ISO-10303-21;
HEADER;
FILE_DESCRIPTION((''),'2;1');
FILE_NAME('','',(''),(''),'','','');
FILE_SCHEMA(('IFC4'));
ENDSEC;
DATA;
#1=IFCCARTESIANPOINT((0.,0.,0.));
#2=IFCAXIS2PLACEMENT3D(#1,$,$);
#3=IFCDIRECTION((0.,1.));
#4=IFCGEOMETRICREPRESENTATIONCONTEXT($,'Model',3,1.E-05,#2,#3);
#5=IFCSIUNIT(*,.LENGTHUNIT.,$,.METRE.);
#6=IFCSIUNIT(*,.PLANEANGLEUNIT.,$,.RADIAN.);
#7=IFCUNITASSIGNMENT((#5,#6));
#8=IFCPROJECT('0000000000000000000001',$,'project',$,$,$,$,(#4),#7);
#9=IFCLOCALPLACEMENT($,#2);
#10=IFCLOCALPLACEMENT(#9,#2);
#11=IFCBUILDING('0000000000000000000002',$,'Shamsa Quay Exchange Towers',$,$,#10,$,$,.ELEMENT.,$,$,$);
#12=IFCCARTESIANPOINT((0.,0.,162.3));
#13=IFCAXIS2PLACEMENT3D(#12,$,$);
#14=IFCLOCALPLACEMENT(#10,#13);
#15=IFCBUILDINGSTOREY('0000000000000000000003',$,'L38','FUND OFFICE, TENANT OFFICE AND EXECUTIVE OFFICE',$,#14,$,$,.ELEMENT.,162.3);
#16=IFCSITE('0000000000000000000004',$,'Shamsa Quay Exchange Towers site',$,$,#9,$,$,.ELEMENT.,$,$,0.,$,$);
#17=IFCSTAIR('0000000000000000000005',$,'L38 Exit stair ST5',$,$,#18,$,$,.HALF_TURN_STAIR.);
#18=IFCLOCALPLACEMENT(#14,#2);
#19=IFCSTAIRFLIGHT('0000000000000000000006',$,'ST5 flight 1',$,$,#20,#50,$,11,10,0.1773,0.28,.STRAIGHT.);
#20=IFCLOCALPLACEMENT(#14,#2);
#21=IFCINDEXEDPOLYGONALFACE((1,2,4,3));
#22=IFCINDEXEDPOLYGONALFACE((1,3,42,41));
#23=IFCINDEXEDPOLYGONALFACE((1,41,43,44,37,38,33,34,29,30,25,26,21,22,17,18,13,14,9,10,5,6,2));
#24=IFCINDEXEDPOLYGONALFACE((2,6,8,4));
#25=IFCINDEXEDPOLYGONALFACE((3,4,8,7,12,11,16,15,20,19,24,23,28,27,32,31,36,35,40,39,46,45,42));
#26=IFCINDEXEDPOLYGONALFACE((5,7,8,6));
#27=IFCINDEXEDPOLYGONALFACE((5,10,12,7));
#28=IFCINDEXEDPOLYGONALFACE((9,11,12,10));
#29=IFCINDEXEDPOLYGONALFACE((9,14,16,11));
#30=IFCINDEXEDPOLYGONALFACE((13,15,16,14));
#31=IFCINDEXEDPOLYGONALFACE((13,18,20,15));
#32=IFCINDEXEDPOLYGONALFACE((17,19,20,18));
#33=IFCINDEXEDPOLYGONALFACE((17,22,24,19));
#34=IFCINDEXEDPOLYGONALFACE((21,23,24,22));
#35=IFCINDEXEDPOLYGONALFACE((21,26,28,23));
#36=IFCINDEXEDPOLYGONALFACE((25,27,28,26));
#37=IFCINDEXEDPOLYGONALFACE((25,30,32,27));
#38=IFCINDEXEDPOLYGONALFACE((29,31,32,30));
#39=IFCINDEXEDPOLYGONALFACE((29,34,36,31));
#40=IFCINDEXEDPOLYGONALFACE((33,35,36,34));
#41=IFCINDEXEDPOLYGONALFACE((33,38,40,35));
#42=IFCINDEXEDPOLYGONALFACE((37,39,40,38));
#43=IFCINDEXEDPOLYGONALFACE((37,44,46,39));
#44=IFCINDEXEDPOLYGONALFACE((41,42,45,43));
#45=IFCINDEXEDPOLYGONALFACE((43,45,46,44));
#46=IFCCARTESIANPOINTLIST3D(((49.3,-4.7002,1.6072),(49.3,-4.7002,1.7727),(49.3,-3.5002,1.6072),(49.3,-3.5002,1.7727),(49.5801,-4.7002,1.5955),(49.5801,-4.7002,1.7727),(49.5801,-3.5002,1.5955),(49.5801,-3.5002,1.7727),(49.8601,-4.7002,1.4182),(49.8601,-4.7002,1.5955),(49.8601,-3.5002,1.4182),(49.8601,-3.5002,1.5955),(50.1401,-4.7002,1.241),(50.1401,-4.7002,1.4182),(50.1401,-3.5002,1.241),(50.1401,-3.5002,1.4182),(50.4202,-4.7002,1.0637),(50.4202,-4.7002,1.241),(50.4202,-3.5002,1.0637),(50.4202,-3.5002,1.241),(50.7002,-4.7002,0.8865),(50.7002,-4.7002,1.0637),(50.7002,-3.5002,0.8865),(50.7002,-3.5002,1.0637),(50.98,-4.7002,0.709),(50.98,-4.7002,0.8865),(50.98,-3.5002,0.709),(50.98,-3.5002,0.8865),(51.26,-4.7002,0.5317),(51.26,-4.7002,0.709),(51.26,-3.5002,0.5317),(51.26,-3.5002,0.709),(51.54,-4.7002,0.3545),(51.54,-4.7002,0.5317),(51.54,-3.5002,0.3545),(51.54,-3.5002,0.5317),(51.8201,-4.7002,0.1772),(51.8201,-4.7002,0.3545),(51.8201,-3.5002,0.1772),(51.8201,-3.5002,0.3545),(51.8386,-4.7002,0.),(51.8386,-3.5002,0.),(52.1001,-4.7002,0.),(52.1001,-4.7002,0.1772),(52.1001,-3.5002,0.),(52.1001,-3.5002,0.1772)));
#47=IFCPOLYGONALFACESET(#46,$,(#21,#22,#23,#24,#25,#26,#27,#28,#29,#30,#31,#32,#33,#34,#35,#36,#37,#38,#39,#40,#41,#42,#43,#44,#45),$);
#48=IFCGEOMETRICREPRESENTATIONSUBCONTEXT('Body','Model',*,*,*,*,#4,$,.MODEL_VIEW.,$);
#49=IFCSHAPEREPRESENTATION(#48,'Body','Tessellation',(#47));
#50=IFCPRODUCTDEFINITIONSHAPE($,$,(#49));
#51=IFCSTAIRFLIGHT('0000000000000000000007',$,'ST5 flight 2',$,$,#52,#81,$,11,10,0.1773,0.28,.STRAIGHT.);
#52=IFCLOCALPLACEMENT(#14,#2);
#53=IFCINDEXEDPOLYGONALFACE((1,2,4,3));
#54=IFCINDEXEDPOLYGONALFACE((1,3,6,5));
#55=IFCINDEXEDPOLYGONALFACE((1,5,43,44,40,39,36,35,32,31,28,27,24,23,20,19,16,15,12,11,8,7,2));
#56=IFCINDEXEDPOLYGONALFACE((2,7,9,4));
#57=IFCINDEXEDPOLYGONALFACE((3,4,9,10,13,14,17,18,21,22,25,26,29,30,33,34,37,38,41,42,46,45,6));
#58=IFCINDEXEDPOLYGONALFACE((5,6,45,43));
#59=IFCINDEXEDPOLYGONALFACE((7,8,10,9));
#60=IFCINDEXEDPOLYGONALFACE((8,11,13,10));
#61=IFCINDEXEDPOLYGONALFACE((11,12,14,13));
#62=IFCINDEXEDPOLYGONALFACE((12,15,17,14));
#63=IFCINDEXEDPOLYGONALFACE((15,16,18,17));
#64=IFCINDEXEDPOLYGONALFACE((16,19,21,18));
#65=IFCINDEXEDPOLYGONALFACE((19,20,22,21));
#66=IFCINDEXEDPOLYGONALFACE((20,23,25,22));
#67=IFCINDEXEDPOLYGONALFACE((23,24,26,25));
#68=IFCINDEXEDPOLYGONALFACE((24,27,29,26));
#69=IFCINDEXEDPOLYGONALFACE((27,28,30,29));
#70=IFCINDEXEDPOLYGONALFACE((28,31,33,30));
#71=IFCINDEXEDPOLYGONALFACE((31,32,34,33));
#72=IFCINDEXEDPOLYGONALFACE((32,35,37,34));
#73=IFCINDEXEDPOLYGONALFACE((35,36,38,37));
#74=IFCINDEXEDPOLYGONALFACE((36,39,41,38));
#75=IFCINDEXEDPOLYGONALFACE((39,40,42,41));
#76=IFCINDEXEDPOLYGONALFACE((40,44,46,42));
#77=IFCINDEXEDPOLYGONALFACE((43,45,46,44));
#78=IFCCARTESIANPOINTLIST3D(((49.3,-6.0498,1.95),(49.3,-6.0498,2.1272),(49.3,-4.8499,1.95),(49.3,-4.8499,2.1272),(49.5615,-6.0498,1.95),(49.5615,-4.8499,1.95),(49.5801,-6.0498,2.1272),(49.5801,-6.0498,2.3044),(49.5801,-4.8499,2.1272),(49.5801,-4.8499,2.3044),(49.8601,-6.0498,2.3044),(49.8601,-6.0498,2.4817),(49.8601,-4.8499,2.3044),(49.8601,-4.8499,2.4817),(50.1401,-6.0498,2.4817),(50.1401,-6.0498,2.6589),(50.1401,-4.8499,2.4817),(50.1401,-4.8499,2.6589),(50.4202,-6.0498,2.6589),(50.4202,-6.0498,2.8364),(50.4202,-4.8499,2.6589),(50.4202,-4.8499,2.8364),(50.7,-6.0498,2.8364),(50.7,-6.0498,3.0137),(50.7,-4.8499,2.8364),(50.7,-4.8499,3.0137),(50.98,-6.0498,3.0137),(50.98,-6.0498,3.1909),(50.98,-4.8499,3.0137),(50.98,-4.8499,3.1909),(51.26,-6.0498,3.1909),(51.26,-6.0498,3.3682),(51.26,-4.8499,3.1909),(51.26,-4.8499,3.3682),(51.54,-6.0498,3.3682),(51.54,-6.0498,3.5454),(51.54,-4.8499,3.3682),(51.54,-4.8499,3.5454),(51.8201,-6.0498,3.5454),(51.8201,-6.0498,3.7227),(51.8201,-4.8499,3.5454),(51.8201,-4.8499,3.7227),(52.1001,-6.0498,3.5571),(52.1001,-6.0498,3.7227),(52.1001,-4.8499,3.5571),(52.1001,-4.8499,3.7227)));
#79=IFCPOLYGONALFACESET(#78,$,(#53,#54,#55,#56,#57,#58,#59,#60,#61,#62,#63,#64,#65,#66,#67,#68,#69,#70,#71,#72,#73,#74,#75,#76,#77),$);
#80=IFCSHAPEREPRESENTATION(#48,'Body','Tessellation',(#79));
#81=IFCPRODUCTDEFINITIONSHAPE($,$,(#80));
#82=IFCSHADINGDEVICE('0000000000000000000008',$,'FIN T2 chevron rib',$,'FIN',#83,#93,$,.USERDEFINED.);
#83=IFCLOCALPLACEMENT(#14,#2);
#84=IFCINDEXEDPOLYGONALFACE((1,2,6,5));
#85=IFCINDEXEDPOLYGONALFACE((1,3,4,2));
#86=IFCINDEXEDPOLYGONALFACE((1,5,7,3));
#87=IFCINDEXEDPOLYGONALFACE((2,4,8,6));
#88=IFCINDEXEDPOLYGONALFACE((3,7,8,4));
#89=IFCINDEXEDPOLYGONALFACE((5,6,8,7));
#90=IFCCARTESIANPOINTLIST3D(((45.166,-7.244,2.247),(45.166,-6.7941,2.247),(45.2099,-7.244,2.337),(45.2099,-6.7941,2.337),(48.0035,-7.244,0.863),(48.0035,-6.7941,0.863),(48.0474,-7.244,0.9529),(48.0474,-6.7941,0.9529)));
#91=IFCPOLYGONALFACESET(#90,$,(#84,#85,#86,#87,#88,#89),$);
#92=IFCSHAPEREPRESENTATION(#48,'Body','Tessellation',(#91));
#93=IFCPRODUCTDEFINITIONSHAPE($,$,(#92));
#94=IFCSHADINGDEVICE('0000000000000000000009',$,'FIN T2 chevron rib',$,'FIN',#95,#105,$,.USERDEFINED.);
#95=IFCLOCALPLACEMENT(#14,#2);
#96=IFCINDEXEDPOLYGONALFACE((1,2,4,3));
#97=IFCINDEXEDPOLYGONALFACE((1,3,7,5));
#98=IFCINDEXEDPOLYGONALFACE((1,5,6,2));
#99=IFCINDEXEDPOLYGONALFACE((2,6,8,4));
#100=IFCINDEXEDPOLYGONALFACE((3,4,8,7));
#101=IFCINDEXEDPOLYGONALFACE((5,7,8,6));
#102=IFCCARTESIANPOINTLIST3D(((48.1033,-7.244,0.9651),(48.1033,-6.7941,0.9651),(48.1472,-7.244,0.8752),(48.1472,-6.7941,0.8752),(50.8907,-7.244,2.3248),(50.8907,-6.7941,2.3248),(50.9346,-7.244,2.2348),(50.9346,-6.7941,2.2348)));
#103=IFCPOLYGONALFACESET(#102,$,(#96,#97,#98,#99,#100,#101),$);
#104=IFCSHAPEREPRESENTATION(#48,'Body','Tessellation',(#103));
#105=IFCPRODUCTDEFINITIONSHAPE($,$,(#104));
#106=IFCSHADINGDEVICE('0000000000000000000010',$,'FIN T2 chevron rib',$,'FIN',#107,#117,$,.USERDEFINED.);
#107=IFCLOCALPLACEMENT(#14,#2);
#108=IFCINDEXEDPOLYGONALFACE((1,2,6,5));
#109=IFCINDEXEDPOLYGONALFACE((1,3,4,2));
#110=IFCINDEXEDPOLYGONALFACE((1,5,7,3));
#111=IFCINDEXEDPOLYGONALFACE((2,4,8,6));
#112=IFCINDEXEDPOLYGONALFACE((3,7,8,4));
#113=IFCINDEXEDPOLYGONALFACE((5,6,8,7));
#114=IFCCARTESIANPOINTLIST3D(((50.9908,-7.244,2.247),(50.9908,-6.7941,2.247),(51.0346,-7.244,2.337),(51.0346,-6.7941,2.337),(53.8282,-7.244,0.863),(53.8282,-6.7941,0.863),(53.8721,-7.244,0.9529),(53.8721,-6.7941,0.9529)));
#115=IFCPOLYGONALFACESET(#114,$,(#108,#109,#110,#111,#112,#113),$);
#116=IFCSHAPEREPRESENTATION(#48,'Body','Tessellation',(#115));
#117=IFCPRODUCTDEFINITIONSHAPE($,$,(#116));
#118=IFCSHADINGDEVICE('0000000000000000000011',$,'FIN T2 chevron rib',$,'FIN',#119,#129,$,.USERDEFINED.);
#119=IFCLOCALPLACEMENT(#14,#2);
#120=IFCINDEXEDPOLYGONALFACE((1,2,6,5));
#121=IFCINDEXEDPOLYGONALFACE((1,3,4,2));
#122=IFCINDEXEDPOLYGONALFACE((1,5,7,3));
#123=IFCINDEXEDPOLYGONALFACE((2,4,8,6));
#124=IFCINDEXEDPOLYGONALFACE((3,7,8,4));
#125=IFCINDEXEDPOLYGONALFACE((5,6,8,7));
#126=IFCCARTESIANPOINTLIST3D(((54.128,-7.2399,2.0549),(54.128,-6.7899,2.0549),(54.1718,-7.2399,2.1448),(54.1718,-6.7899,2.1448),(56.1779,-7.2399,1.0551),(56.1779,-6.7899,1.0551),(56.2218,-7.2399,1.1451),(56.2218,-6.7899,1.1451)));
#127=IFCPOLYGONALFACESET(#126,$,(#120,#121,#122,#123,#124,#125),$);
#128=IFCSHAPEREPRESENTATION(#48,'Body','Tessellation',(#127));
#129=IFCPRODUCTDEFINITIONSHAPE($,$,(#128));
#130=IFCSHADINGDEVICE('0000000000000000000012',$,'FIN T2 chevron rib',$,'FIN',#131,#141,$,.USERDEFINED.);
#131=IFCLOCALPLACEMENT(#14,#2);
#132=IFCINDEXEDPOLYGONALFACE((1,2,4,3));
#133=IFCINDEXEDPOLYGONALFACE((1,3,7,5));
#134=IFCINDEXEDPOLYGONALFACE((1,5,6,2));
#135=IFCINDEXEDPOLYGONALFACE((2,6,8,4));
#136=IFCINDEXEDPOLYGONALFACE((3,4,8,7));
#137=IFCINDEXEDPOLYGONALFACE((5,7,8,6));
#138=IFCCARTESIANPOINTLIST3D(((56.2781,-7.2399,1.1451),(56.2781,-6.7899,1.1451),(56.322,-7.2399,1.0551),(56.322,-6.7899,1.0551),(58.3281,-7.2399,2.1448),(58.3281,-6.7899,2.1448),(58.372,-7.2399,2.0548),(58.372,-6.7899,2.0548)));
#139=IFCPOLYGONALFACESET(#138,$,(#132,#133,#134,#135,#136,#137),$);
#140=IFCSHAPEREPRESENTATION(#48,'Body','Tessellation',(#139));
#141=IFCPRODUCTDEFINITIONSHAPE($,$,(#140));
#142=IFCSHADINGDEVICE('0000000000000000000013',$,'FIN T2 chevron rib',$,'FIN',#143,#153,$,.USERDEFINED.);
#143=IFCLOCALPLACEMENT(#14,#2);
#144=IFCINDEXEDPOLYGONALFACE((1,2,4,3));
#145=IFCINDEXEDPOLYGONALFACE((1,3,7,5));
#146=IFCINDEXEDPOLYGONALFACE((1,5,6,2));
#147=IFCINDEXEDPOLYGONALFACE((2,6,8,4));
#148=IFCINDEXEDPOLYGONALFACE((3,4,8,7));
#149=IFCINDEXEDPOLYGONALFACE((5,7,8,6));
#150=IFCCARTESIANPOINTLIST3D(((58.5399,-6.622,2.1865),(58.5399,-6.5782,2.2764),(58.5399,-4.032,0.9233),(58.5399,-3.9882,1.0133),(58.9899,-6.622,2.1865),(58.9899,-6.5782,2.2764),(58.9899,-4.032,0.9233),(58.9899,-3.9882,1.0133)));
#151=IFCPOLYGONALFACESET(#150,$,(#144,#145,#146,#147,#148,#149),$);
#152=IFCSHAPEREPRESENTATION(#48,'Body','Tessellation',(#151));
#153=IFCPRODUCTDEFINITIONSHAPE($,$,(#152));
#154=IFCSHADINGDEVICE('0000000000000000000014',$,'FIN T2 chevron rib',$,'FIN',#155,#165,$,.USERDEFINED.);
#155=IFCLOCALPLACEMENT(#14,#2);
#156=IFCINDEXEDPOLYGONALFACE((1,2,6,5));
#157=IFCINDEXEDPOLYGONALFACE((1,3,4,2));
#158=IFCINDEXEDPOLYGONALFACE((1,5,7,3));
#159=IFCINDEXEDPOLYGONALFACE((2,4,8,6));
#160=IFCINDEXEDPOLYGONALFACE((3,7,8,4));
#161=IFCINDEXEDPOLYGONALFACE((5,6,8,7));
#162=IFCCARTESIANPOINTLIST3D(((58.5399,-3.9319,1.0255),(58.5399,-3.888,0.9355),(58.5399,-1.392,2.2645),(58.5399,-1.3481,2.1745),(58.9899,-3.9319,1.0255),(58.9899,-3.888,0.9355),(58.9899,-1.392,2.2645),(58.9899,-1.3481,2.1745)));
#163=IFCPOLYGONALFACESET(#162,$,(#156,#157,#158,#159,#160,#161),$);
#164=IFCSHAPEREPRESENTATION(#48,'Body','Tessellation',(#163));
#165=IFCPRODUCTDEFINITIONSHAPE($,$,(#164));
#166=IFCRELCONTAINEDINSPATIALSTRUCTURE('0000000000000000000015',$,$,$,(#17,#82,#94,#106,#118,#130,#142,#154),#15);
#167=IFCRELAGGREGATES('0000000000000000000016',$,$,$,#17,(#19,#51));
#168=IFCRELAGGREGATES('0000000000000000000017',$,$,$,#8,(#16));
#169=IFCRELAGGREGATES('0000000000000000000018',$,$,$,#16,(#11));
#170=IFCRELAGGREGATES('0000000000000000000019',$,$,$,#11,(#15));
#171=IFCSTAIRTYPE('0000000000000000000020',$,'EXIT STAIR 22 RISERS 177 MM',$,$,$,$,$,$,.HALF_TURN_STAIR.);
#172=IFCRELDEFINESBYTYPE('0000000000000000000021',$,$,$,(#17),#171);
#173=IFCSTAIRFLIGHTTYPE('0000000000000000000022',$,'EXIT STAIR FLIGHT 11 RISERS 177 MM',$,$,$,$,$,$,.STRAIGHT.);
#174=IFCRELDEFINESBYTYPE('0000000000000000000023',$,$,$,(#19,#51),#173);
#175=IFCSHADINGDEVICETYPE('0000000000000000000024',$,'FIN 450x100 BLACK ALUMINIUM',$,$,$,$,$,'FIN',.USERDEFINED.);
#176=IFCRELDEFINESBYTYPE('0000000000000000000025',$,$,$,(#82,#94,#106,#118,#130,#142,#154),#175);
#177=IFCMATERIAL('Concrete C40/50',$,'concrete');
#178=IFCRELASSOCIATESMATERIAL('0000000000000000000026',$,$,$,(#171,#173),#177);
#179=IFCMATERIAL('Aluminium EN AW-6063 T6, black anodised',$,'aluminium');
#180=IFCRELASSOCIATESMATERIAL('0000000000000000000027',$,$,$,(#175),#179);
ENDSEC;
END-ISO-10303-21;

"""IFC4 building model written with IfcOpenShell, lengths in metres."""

from ifc_helpers import new_model, si_unit, direction, frame, origin, origin_2d, place, context, subcontext, project, spatial, polyline, rectangle, outline, extrude, material, material_profile, profile_set, type_object, element, aggregate, save


model = new_model("IFC4")

# Units and contexts
model_context = context("Model", 3, precision=1e-05, world=origin(), true_north=direction((0.0, 1.0)))
body_context = subcontext(model_context, "Body", "Model", "MODEL_VIEW")
ifc_project = project(units=[si_unit("LENGTHUNIT", "METRE"), si_unit("PLANEANGLEUNIT", "RADIAN")], contexts=[model_context])

# Site, building, storey
site_placement = place(None, origin())
site = spatial("IfcSite", under=ifc_project, at=site_placement, Name="Shamsa Quay Exchange Towers site", CompositionType="ELEMENT", RefElevation=0.0)
building_placement = place(site_placement, origin())
building = spatial("IfcBuilding", under=site, at=building_placement, Name="Shamsa Quay Exchange Towers", CompositionType="ELEMENT")
storey_placement = place(building_placement, frame((0.0, 0.0, 162.3)))
storey = spatial("IfcBuildingStorey", under=building, at=storey_placement, Name="L38", Description="FUND OFFICE, TENANT OFFICE AND EXECUTIVE OFFICE", CompositionType="ELEMENT", Elevation=162.3)

# Shared definitions
ifc_material_1 = material(Name="Aluminium EN AW-6063 T6, black anodised", Category="aluminium")

# Stair, stair flights
ifc_material_2 = material(Name="Concrete C40/50", Category="concrete")
stair_type = type_object("IfcStairType", Name="EXIT STAIR 22 RISERS 177 MM", PredefinedType="HALF_TURN_STAIR", material=ifc_material_2)
stair_placement = place(storey_placement, origin())
stair = element("IfcStair", 1, at=stair_placement, inside=storey, type_object=stair_type, Name="L38 Exit stair ST5", PredefinedType="HALF_TURN_STAIR")
stair_flight_type = type_object("IfcStairFlightType", Name="EXIT STAIR FLIGHT 11 RISERS 177 MM", PredefinedType="STRAIGHT", material=ifc_material_2)
stair_flight_1_placement = place(storey_placement, frame((52.1001, -4.1001, 0.0), z_axis=(0.0, 0.0, 1.0), x_axis=(-1.0, 0.0, 0.0)))
stair_flight_1 = element("IfcStairFlight", 2, at=stair_flight_1_placement, type_object=stair_flight_type, Name="ST5 flight 1", NumberOfRisers=11, NumberOfTreads=10, PredefinedType="STRAIGHT", RiserHeight=0.1773, TreadLength=0.28, context=body_context, shape_type="SweptSolid", body=[
    extrude(outline(polyline([(0.0, 0.0), (0.0, 0.1772), (0.28, 0.1772), (0.28, 0.3545), (0.5601, 0.3545), (0.5601, 0.5317), (0.8401, 0.5317), (0.8401, 0.709), (1.1201, 0.709), (1.1201, 0.8865), (1.3999, 0.8865), (1.3999, 1.0637), (1.6799, 1.0637), (1.6799, 1.241), (1.96, 1.241), (1.96, 1.4182), (2.24, 1.4182), (2.24, 1.5955), (2.52, 1.5955), (2.52, 1.7727), (2.8, 1.7727), (2.8, 1.95), (2.8, 1.6072), (0.2615, 0.0), (0.0, 0.0)])), frame((0.0, 0.6001, 0.0), z_axis=(0.0, -1.0, 0.0), x_axis=(1.0, 0.0, 0.0)), (0.0, 0.0, 1.0), 1.2),
])
stair_flight_2_placement = place(storey_placement, frame((49.3, -5.45, 1.95)))
stair_flight_2 = element("IfcStairFlight", 3, at=stair_flight_2_placement, type_object=stair_flight_type, Name="ST5 flight 2", NumberOfRisers=11, NumberOfTreads=10, PredefinedType="STRAIGHT", RiserHeight=0.1773, TreadLength=0.28, context=body_context, shape_type="SweptSolid", body=[
    extrude(outline(polyline([(0.0, 0.0), (0.0, 0.1772), (0.28, 0.1772), (0.28, 0.3545), (0.5601, 0.3545), (0.5601, 0.5317), (0.8401, 0.5317), (0.8401, 0.709), (1.1201, 0.709), (1.1201, 0.8865), (1.3999, 0.8865), (1.3999, 1.0637), (1.6799, 1.0637), (1.6799, 1.241), (1.96, 1.241), (1.96, 1.4182), (2.24, 1.4182), (2.24, 1.5955), (2.52, 1.5955), (2.52, 1.7727), (2.8, 1.7727), (2.8, 1.95), (2.8, 1.6072), (0.2615, 0.0), (0.0, 0.0)])), frame((0.0, 0.6001, 0.0), z_axis=(0.0, -1.0, 0.0), x_axis=(1.0, 0.0, 0.0)), (0.0, 0.0, 1.0), 1.2),
])
aggregate(stair, [stair_flight_1, stair_flight_2])

# Shading devices
ifc_material_profile_1 = material_profile(ifc_material_1, rectangle(XDim=0.45, YDim=0.1001, at=origin_2d()), Name="FIN450x100")
ifc_profile_set_1 = profile_set([ifc_material_profile_1], Name="Aluminium EN AW-6063 T6, black anodised")
shading_device_type = type_object("IfcShadingDeviceType", Name="FIN 450x100 BLACK ALUMINIUM", ElementType="FIN", PredefinedType="USERDEFINED", material=ifc_profile_set_1)
shading_device_1_placement = place(storey_placement, frame((45.188, -7.019, 2.292), z_axis=(0.898777, 0.0, -0.438407), x_axis=(0.0, 1.0, 0.0)))
element("IfcShadingDevice", 4, at=shading_device_1_placement, inside=storey, type_object=shading_device_type, Name="FIN T2 chevron rib", ObjectType="FIN", PredefinedType="USERDEFINED", context=body_context, shape_type="SweptSolid", body=[
    extrude(rectangle(XDim=0.45, YDim=0.1001, at=origin_2d()), origin(), (0.0, 0.0, 1.0), 3.157),
])
shading_device_2_placement = place(storey_placement, frame((48.1252, -7.019, 0.9202), z_axis=(0.898777, 0.0, 0.438407), x_axis=(0.0, 1.0, 0.0)))
element("IfcShadingDevice", 5, at=shading_device_2_placement, inside=storey, type_object=shading_device_type, Name="FIN T2 chevron rib", ObjectType="FIN", PredefinedType="USERDEFINED", context=body_context, shape_type="SweptSolid", body=[
    extrude(rectangle(XDim=0.45, YDim=0.1001, at=origin_2d()), origin(), (0.0, 0.0, 1.0), 3.1013),
])
shading_device_3_placement = place(storey_placement, frame((51.0127, -7.019, 2.292), z_axis=(0.898777, 0.0, -0.438407), x_axis=(0.0, 1.0, 0.0)))
element("IfcShadingDevice", 6, at=shading_device_3_placement, inside=storey, type_object=shading_device_type, Name="FIN T2 chevron rib", ObjectType="FIN", PredefinedType="USERDEFINED", context=body_context, shape_type="SweptSolid", body=[
    extrude(rectangle(XDim=0.45, YDim=0.1001, at=origin_2d()), origin(), (0.0, 0.0, 1.0), 3.157),
])
for number, where, z_axis, x_axis, name in (
    (7, (54.1499, -7.0149, 2.0999), (0.898815, 0.0, -0.438329), (0.0, 1.0, 0.0), "FIN T2 chevron rib"),
    (8, (56.3, -7.0149, 1.1001), (0.898815, 0.0, 0.438329), (0.0, 1.0, 0.0), "FIN T2 chevron rib"),
):
    element("IfcShadingDevice", number, at=place(storey_placement, frame(where, z_axis=z_axis, x_axis=x_axis)), inside=storey, type_object=shading_device_type, Name=name, ObjectType="FIN", PredefinedType="USERDEFINED", context=body_context, shape_type="SweptSolid", body=[
        extrude(rectangle(XDim=0.45, YDim=0.1001, at=origin_2d()), origin(), (0.0, 0.0, 1.0), 2.2808),
    ])
shading_device_4_placement = place(storey_placement, frame((58.7649, -6.6001, 2.2314), z_axis=(0.0, 0.898806, -0.438347), x_axis=(-1.0, 0.0, 0.0)))
element("IfcShadingDevice", 9, at=shading_device_4_placement, inside=storey, type_object=shading_device_type, Name="FIN T2 chevron rib", ObjectType="FIN", PredefinedType="USERDEFINED", context=body_context, shape_type="SweptSolid", body=[
    extrude(rectangle(XDim=0.45, YDim=0.1001, at=origin_2d()), origin(), (0.0, 0.0, 1.0), 2.8816),
])
shading_device_5_placement = place(storey_placement, frame((58.7649, -3.9099, 0.9805), z_axis=(0.0, 0.898756, 0.438449), x_axis=(-1.0, 0.0, 0.0)))
element("IfcShadingDevice", 10, at=shading_device_5_placement, inside=storey, type_object=shading_device_type, Name="FIN T2 chevron rib", ObjectType="FIN", PredefinedType="USERDEFINED", context=body_context, shape_type="SweptSolid", body=[
    extrude(rectangle(XDim=0.45, YDim=0.1001, at=origin_2d()), origin(), (0.0, 0.0, 1.0), 2.8259),
])

save(model, "model.ifc")
